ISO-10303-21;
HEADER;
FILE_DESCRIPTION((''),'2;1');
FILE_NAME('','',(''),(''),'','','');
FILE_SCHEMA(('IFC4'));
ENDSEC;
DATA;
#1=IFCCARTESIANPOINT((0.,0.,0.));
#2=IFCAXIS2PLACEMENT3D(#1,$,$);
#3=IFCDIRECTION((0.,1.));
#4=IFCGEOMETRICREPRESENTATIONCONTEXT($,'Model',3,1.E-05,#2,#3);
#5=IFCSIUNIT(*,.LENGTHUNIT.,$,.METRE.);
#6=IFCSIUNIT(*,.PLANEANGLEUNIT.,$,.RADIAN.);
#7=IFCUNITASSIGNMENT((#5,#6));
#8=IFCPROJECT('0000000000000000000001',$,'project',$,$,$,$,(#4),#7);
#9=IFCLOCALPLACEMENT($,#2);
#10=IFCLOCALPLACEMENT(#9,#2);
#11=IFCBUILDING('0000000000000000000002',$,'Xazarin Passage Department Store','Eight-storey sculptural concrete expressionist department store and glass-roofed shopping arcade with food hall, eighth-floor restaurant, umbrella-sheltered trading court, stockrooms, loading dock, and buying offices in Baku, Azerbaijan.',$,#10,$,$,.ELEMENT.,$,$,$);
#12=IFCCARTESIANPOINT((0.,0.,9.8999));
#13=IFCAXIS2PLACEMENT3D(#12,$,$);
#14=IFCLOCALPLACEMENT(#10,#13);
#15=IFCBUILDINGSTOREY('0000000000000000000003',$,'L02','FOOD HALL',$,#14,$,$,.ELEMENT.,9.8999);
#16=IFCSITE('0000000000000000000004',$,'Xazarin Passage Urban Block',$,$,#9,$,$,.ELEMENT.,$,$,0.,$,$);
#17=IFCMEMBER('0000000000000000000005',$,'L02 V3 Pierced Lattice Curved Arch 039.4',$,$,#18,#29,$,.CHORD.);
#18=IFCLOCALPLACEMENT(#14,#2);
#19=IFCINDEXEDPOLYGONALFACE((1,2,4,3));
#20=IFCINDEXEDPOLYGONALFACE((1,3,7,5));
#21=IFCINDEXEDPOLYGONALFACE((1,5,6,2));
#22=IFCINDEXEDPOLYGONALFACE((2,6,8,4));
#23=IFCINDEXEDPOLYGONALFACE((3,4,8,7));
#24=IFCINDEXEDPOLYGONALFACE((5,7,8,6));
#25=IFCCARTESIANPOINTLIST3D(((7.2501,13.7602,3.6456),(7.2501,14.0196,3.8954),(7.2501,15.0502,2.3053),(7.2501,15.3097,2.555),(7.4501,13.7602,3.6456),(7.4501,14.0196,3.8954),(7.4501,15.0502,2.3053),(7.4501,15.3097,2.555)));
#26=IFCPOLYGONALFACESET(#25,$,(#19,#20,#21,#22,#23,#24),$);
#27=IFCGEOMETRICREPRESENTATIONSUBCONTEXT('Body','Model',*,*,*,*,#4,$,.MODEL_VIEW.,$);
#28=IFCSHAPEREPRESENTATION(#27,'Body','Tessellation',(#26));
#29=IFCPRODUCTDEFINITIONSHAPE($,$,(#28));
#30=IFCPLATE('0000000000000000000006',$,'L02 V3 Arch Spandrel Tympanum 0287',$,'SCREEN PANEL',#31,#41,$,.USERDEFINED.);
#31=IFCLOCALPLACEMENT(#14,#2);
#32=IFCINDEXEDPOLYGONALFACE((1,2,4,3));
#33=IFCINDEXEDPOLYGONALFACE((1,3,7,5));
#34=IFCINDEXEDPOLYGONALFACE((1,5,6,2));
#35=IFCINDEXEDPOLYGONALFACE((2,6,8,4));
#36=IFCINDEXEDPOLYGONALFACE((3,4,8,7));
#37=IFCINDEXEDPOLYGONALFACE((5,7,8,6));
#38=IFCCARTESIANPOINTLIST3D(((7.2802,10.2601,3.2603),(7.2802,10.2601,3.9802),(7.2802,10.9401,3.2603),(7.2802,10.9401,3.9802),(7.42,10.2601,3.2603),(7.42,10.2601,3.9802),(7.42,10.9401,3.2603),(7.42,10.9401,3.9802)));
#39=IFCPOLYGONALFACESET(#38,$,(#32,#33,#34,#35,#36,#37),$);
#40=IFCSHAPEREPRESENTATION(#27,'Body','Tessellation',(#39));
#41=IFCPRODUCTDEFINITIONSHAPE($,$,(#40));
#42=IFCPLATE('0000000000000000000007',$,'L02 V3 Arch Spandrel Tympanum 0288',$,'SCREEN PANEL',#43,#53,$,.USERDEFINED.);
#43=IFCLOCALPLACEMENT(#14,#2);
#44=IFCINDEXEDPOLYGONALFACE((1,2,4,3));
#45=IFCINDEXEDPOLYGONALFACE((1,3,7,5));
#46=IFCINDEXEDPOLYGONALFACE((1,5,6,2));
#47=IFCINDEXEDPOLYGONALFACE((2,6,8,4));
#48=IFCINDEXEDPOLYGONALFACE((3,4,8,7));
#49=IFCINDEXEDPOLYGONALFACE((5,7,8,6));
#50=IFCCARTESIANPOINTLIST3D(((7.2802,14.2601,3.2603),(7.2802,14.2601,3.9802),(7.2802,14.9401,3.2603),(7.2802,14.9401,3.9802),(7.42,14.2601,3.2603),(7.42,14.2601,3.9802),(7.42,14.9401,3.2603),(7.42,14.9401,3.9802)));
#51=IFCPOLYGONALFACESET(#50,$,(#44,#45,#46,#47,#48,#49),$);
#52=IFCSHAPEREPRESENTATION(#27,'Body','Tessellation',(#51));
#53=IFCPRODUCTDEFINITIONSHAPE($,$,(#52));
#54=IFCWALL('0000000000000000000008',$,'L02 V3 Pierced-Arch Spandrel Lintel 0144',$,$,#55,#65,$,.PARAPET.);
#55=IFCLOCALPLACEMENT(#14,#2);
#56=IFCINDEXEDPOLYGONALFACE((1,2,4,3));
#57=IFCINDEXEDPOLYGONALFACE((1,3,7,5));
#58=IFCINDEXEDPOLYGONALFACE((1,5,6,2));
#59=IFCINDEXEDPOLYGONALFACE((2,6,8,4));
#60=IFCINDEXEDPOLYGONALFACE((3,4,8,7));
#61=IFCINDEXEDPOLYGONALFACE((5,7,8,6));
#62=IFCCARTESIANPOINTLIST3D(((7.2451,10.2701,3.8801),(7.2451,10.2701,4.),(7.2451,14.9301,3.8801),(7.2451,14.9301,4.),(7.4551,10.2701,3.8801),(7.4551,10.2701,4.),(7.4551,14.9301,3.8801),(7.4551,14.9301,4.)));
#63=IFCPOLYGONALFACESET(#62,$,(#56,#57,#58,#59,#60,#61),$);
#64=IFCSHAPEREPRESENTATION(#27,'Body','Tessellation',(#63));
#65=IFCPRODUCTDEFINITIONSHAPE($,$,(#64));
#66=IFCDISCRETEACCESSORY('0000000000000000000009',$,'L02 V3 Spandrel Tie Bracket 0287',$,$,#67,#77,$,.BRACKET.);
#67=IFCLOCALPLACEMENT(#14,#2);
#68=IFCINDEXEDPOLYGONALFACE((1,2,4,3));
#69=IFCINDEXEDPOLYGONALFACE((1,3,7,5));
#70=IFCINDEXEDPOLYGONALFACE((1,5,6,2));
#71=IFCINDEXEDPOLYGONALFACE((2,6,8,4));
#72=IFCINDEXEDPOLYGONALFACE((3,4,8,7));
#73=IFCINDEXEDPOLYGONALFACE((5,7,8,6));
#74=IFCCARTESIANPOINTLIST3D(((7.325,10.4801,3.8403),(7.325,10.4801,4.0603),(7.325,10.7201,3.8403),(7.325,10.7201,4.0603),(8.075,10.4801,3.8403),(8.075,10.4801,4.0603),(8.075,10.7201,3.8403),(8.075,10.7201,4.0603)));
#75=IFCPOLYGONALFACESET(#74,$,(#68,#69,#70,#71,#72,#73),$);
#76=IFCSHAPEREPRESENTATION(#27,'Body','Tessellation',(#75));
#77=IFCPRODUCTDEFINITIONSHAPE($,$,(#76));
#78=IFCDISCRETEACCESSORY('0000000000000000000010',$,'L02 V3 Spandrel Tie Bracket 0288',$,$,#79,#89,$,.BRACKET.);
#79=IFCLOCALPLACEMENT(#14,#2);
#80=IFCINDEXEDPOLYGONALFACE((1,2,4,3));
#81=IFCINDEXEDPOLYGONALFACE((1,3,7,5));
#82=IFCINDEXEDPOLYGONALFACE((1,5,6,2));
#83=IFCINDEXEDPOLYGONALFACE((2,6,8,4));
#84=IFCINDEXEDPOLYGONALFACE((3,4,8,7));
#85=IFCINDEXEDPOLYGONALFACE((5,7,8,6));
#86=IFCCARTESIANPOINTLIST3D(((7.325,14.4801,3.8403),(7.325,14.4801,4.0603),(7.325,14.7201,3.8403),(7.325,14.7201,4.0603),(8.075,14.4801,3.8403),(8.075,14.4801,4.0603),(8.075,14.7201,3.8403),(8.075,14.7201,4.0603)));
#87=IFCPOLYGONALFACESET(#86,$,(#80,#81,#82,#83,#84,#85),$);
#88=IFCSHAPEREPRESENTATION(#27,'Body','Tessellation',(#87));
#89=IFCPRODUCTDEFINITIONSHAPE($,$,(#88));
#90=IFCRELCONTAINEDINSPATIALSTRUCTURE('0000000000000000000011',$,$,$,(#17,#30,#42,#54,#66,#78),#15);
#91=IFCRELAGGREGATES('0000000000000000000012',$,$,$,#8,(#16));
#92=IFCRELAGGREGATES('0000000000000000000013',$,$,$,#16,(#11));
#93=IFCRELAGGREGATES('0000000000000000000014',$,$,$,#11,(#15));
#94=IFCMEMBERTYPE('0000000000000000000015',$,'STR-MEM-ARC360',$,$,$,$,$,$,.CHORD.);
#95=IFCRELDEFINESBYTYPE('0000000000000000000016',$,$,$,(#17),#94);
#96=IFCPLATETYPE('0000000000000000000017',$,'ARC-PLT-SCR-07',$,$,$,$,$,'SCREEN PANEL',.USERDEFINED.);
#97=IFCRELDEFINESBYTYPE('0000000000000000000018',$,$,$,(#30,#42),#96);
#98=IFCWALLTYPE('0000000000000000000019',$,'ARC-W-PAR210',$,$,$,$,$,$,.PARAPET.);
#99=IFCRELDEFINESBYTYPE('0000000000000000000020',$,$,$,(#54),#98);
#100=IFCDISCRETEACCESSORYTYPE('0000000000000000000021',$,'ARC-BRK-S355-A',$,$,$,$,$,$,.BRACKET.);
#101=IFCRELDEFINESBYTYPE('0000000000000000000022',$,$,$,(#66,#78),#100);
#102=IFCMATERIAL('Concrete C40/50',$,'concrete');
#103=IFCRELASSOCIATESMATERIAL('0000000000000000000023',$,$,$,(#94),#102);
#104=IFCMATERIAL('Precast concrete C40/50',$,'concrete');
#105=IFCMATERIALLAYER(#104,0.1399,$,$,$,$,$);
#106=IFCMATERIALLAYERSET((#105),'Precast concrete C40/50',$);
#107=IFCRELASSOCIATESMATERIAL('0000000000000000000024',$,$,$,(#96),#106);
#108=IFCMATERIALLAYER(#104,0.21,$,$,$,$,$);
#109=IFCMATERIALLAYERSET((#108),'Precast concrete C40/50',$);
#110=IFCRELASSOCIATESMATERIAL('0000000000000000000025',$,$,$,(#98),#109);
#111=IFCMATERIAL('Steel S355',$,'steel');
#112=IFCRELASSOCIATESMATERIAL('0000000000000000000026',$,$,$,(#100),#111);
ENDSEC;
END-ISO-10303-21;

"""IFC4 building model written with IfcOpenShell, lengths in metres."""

from ifc_helpers import new_model, si_unit, direction, frame, frame_2d, origin, origin_2d, place, context, subcontext, project, spatial, rectangle, extrude, material, layer, layer_set, material_profile, profile_set, type_object, element, save


model = new_model("IFC4")

# Units and contexts
model_context = context("Model", 3, precision=1e-05, world=origin(), true_north=direction((0.0, 1.0)))
body_context = subcontext(model_context, "Body", "Model", "MODEL_VIEW")
ifc_project = project(units=[si_unit("LENGTHUNIT", "METRE"), si_unit("PLANEANGLEUNIT", "RADIAN")], contexts=[model_context])

# Site, building, storey
site_placement = place(None, origin())
site = spatial("IfcSite", under=ifc_project, at=site_placement, Name="Xazarin Passage Urban Block", CompositionType="ELEMENT", RefElevation=0.0)
building_placement = place(site_placement, origin())
building = spatial("IfcBuilding", under=site, at=building_placement, Name="Xazarin Passage Department Store", Description="Eight-storey sculptural concrete expressionist department store and glass-roofed shopping arcade with food hall, eighth-floor restaurant, umbrella-sheltered trading court, stockrooms, loading dock, and buying offices in Baku, Azerbaijan.", CompositionType="ELEMENT")
storey_placement = place(building_placement, frame((0.0, 0.0, 9.8999)))
storey = spatial("IfcBuildingStorey", under=building, at=storey_placement, Name="L02", Description="FOOD HALL", CompositionType="ELEMENT", Elevation=9.8999)

# Shared definitions
ifc_material_1 = material(Name="Concrete C40/50", Category="concrete")

# Member
ifc_material_profile_1 = material_profile(ifc_material_1, rectangle(XDim=0.2, YDim=0.3601, at=origin_2d()), Name="RC 200x360")
ifc_profile_set_1 = profile_set([ifc_material_profile_1], Name="Concrete C40/50")
member_type = type_object("IfcMemberType", Name="STR-MEM-ARC360", PredefinedType="CHORD", material=ifc_profile_set_1)
member_1_placement = place(storey_placement, frame((7.3501, 13.8899, 3.7705), z_axis=(0.0, 0.69346, -0.720495), x_axis=(-1.0, 0.0, 0.0)))
element("IfcMember", 1, at=member_1_placement, inside=storey, type_object=member_type, Name="L02 V3 Pierced Lattice Curved Arch 039.4", PredefinedType="CHORD", context=body_context, shape_type="SweptSolid", body=[
    extrude(rectangle(XDim=0.2, YDim=0.3601, at=origin_2d()), origin(), (0.0, 0.0, 1.0), 1.8604),
])

# Plates
ifc_material_2 = material(Name="Precast concrete C40/50", Category="concrete")
ifc_layer_1 = layer(ifc_material_2, 0.1399)
ifc_layer_set_1 = layer_set([ifc_layer_1], Name="Precast concrete C40/50")
plate_type = type_object("IfcPlateType", Name="ARC-PLT-SCR-07", ElementType="SCREEN PANEL", PredefinedType="USERDEFINED", material=ifc_layer_set_1)
for number, where, z_axis, x_axis, name in (
    (2, (7.3501, 10.6001, 3.2603), (0.0, 0.0, 1.0), (0.0, 1.0, 0.0), "L02 V3 Arch Spandrel Tympanum 0287"),
    (3, (7.3501, 14.6001, 3.2603), (0.0, 0.0, 1.0), (0.0, 1.0, 0.0), "L02 V3 Arch Spandrel Tympanum 0288"),
):
    element("IfcPlate", number, at=place(storey_placement, frame(where, z_axis=z_axis, x_axis=x_axis)), inside=storey, type_object=plate_type, Name=name, ObjectType="SCREEN PANEL", PredefinedType="USERDEFINED", context=body_context, shape_type="SweptSolid", body=[
        extrude(rectangle(XDim=0.6799, YDim=0.1399, at=origin_2d()), origin(), (0.0, 0.0, 1.0), 0.72),
    ])

# Wall
ifc_layer_2 = layer(ifc_material_2, 0.21)
ifc_layer_set_2 = layer_set([ifc_layer_2], Name="Precast concrete C40/50")
wall_type = type_object("IfcWallType", Name="ARC-W-PAR210", PredefinedType="PARAPET", material=ifc_layer_set_2)
wall_placement = place(storey_placement, frame((7.3501, 10.27, 3.8801), z_axis=(0.0, 0.0, 1.0), x_axis=(0.0, 1.0, 0.0)))
element("IfcWall", 4, at=wall_placement, inside=storey, type_object=wall_type, Name="L02 V3 Pierced-Arch Spandrel Lintel 0144", PredefinedType="PARAPET", context=body_context, shape_type="SweptSolid", body=[
    extrude(rectangle(XDim=4.6599, YDim=0.21, at=frame_2d((2.3301, 0.0))), origin(), (0.0, 0.0, 1.0), 0.1199),
])

# Shared definitions
ifc_material_3 = material(Name="Steel S355", Category="steel")

# Discrete accessories
discrete_accessory_type = type_object("IfcDiscreteAccessoryType", Name="ARC-BRK-S355-A", PredefinedType="BRACKET", material=ifc_material_3)
for number, where, z_axis, x_axis, name in (
    (5, (7.7, 10.6001, 3.8403), (0.0, 0.0, 1.0), (0.0, 1.0, 0.0), "L02 V3 Spandrel Tie Bracket 0287"),
    (6, (7.7, 14.6001, 3.8403), (0.0, 0.0, 1.0), (0.0, 1.0, 0.0), "L02 V3 Spandrel Tie Bracket 0288"),
):
    element("IfcDiscreteAccessory", number, at=place(storey_placement, frame(where, z_axis=z_axis, x_axis=x_axis)), inside=storey, type_object=discrete_accessory_type, Name=name, PredefinedType="BRACKET", context=body_context, shape_type="SweptSolid", body=[
        extrude(rectangle(XDim=0.24, YDim=0.75, at=origin_2d()), origin(), (0.0, 0.0, 1.0), 0.22),
    ])

save(model, "model.ifc")
